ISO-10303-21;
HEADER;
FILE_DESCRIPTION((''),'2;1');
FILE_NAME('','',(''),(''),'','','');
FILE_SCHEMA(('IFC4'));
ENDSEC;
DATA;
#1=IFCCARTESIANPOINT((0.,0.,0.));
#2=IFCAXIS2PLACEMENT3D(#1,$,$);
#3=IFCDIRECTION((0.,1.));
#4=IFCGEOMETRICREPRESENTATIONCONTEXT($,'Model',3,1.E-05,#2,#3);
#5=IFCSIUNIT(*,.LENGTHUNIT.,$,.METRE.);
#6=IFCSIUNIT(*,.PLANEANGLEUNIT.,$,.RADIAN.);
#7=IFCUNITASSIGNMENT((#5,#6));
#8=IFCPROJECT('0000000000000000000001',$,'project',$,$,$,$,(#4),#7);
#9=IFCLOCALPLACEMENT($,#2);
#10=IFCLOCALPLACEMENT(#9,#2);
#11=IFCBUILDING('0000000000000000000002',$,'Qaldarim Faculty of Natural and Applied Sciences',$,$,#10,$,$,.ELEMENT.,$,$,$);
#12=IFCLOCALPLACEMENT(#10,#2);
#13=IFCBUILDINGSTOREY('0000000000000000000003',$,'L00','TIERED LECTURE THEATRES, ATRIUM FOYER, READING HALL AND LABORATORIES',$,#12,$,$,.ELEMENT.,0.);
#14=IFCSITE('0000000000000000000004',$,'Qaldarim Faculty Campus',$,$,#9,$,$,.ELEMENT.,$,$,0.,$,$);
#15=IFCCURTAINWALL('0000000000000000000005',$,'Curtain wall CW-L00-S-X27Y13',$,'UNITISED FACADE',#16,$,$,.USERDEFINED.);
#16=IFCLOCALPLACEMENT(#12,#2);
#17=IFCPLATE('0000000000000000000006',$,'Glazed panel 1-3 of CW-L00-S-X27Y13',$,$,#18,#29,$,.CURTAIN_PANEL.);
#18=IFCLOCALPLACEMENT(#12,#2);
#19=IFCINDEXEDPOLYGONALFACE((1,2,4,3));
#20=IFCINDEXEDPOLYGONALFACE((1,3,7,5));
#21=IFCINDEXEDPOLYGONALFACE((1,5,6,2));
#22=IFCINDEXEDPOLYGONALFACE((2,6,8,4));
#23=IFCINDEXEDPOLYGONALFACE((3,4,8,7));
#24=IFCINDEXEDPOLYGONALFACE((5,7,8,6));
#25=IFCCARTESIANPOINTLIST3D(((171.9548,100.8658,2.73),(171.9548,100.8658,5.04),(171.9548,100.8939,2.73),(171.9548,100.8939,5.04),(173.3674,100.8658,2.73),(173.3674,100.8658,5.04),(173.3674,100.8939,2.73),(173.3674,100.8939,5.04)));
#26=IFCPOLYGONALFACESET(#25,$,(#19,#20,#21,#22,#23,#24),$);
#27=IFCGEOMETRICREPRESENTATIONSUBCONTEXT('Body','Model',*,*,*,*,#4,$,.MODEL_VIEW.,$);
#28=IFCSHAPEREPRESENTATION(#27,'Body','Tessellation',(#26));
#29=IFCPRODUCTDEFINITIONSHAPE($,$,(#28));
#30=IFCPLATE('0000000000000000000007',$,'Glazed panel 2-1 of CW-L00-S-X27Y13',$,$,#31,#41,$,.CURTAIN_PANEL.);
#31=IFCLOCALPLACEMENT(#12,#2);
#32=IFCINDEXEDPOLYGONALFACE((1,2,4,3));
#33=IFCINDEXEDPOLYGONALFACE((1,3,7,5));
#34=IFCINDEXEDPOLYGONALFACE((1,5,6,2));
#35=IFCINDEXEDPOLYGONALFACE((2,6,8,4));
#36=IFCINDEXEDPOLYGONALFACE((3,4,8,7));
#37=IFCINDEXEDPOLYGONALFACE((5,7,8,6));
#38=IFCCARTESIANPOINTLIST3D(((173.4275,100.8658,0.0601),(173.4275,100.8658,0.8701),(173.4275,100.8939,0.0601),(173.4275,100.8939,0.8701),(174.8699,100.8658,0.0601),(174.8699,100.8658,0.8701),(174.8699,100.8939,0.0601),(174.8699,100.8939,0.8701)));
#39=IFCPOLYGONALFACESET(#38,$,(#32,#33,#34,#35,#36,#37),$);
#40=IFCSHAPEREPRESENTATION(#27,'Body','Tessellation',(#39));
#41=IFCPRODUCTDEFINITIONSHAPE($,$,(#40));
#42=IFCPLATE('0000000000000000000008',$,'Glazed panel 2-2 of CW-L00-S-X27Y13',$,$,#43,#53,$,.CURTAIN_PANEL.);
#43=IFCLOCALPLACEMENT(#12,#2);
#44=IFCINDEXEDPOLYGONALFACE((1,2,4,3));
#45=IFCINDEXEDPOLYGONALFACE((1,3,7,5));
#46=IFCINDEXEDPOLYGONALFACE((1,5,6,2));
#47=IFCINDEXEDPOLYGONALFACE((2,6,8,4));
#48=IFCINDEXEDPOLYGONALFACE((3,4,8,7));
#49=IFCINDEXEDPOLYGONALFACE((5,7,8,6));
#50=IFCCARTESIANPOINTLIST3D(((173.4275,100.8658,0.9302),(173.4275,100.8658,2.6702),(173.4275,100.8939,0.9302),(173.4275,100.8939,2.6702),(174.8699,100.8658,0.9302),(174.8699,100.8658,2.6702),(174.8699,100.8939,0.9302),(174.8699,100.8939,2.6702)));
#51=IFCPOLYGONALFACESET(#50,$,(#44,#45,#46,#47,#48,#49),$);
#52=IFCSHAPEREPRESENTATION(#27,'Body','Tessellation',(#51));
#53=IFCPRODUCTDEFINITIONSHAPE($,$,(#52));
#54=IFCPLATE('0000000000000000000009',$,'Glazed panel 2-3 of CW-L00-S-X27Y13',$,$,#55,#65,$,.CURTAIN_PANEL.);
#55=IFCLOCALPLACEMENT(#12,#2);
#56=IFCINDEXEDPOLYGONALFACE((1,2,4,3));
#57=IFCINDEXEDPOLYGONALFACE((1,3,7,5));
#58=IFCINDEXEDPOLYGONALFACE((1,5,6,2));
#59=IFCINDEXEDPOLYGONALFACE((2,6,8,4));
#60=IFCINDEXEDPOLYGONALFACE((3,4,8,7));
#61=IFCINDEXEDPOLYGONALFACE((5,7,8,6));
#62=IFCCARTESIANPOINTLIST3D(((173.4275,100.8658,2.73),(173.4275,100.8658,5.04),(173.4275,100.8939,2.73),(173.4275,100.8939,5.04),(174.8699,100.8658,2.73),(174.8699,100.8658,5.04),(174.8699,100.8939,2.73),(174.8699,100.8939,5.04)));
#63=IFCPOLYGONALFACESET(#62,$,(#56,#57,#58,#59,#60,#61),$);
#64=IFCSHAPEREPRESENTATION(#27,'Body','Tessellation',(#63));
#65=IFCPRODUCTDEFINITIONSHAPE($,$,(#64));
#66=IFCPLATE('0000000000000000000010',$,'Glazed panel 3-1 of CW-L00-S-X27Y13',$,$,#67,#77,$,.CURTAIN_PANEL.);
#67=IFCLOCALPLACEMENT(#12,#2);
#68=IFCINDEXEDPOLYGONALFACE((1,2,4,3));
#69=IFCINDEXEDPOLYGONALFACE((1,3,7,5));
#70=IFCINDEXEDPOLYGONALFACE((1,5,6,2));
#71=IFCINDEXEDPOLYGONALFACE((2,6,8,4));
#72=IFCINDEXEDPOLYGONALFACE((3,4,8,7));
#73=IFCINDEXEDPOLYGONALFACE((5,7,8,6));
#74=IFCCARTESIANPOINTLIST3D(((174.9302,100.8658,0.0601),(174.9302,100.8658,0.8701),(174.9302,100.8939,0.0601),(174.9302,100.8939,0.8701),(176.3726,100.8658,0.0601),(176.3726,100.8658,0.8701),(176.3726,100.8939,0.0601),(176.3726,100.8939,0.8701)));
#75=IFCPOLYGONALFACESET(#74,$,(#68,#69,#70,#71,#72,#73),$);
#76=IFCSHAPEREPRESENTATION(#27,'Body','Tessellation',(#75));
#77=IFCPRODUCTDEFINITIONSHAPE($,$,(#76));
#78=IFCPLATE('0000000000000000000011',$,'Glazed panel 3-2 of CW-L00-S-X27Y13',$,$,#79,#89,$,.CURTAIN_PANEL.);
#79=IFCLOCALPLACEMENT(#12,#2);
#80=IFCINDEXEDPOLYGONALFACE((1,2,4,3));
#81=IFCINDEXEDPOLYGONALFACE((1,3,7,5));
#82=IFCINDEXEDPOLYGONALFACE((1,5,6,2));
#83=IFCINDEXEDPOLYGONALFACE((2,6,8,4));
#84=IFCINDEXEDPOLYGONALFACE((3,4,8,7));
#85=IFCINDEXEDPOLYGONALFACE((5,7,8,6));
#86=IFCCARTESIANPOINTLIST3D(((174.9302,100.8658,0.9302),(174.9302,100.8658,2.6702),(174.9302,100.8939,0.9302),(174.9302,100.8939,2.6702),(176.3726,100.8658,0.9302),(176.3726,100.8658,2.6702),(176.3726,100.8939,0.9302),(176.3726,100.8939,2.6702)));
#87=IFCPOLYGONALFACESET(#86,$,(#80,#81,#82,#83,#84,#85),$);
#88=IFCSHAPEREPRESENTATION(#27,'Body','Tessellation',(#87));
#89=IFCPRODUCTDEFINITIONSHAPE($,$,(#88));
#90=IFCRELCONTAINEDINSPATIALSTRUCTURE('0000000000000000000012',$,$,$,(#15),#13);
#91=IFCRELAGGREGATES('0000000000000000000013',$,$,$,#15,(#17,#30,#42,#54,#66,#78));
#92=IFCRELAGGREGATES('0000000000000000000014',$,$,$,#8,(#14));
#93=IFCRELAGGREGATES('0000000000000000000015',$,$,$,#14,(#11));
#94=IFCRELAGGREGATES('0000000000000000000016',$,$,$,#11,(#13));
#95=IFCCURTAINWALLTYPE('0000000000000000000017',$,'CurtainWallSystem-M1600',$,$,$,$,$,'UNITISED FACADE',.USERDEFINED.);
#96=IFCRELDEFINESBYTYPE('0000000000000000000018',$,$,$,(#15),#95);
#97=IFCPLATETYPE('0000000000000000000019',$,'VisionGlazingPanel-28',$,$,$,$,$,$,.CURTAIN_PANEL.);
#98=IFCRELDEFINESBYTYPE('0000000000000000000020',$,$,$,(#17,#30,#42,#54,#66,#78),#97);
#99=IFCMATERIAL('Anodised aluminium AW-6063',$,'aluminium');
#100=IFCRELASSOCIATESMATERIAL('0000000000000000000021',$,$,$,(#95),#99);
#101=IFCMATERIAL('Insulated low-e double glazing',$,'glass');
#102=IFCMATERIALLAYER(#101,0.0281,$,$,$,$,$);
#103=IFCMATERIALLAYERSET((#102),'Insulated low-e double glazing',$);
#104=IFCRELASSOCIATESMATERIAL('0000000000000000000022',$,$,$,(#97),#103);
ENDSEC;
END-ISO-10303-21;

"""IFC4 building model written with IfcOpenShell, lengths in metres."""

from ifc_helpers import new_model, si_unit, direction, frame, origin, origin_2d, place, context, subcontext, project, spatial, rectangle, extrude, material, layer, layer_set, type_object, element, aggregate, save


model = new_model("IFC4")

# Units and contexts
model_context = context("Model", 3, precision=1e-05, world=origin(), true_north=direction((0.0, 1.0)))
body_context = subcontext(model_context, "Body", "Model", "MODEL_VIEW")
ifc_project = project(units=[si_unit("LENGTHUNIT", "METRE"), si_unit("PLANEANGLEUNIT", "RADIAN")], contexts=[model_context])

# Site, building, storey
site_placement = place(None, origin())
site = spatial("IfcSite", under=ifc_project, at=site_placement, Name="Qaldarim Faculty Campus", CompositionType="ELEMENT", RefElevation=0.0)
building_placement = place(site_placement, origin())
building = spatial("IfcBuilding", under=site, at=building_placement, Name="Qaldarim Faculty of Natural and Applied Sciences", CompositionType="ELEMENT")
storey_placement = place(building_placement, origin())
storey = spatial("IfcBuildingStorey", under=building, at=storey_placement, Name="L00", Description="TIERED LECTURE THEATRES, ATRIUM FOYER, READING HALL AND LABORATORIES", CompositionType="ELEMENT", Elevation=0.0)

# Curtain wall
ifc_material_1 = material(Name="Anodised aluminium AW-6063", Category="aluminium")
curtain_wall_type = type_object("IfcCurtainWallType", Name="CurtainWallSystem-M1600", ElementType="UNITISED FACADE", PredefinedType="USERDEFINED", material=ifc_material_1)
curtain_wall_1_placement = place(storey_placement, origin())
curtain_wall_1 = element("IfcCurtainWall", 1, at=curtain_wall_1_placement, inside=storey, type_object=curtain_wall_type, Name="Curtain wall CW-L00-S-X27Y13", ObjectType="UNITISED FACADE", PredefinedType="USERDEFINED")

# Plates
ifc_material_2 = material(Name="Insulated low-e double glazing", Category="glass")
ifc_layer = layer(ifc_material_2, 0.0281)
ifc_layer_set = layer_set([ifc_layer], Name="Insulated low-e double glazing")
plate_type = type_object("IfcPlateType", Name="VisionGlazingPanel-28", PredefinedType="CURTAIN_PANEL", material=ifc_layer_set)
plate_1_placement = place(storey_placement, frame((172.6611, 100.8799, 2.73), z_axis=(0.0, 0.0, 1.0), x_axis=(1.0, 0.0, 0.0)))
plate_1 = element("IfcPlate", 2, at=plate_1_placement, type_object=plate_type, Name="Glazed panel 1-3 of CW-L00-S-X27Y13", PredefinedType="CURTAIN_PANEL", context=body_context, shape_type="SweptSolid", body=[
    extrude(rectangle(XDim=1.4126, YDim=0.0281, at=origin_2d()), origin(), (0.0, 0.0, 1.0), 2.3101),
])
plate_2_placement = place(storey_placement, frame((174.1487, 100.8799, 0.0601), z_axis=(0.0, 0.0, 1.0), x_axis=(1.0, 0.0, 0.0)))
plate_2 = element("IfcPlate", 3, at=plate_2_placement, type_object=plate_type, Name="Glazed panel 2-1 of CW-L00-S-X27Y13", PredefinedType="CURTAIN_PANEL", context=body_context, shape_type="SweptSolid", body=[
    extrude(rectangle(XDim=1.4424, YDim=0.0281, at=origin_2d()), origin(), (0.0, 0.0, 1.0), 0.8101),
])
plate_3_placement = place(storey_placement, frame((174.1487, 100.8799, 0.9302), z_axis=(0.0, 0.0, 1.0), x_axis=(1.0, 0.0, 0.0)))
plate_3 = element("IfcPlate", 4, at=plate_3_placement, type_object=plate_type, Name="Glazed panel 2-2 of CW-L00-S-X27Y13", PredefinedType="CURTAIN_PANEL", context=body_context, shape_type="SweptSolid", body=[
    extrude(rectangle(XDim=1.4424, YDim=0.0281, at=origin_2d()), origin(), (0.0, 0.0, 1.0), 1.74),
])
plate_4_placement = place(storey_placement, frame((174.1487, 100.8799, 2.73), z_axis=(0.0, 0.0, 1.0), x_axis=(1.0, 0.0, 0.0)))
plate_4 = element("IfcPlate", 5, at=plate_4_placement, type_object=plate_type, Name="Glazed panel 2-3 of CW-L00-S-X27Y13", PredefinedType="CURTAIN_PANEL", context=body_context, shape_type="SweptSolid", body=[
    extrude(rectangle(XDim=1.4424, YDim=0.0281, at=origin_2d()), origin(), (0.0, 0.0, 1.0), 2.3101),
])
plate_5_placement = place(storey_placement, frame((175.6514, 100.8799, 0.0601), z_axis=(0.0, 0.0, 1.0), x_axis=(1.0, 0.0, 0.0)))
plate_5 = element("IfcPlate", 6, at=plate_5_placement, type_object=plate_type, Name="Glazed panel 3-1 of CW-L00-S-X27Y13", PredefinedType="CURTAIN_PANEL", context=body_context, shape_type="SweptSolid", body=[
    extrude(rectangle(XDim=1.4424, YDim=0.0281, at=origin_2d()), origin(), (0.0, 0.0, 1.0), 0.8101),
])
plate_6_placement = place(storey_placement, frame((175.6514, 100.8799, 0.9302), z_axis=(0.0, 0.0, 1.0), x_axis=(1.0, 0.0, 0.0)))
plate_6 = element("IfcPlate", 7, at=plate_6_placement, type_object=plate_type, Name="Glazed panel 3-2 of CW-L00-S-X27Y13", PredefinedType="CURTAIN_PANEL", context=body_context, shape_type="SweptSolid", body=[
    extrude(rectangle(XDim=1.4424, YDim=0.0281, at=origin_2d()), origin(), (0.0, 0.0, 1.0), 1.74),
])
aggregate(curtain_wall_1, [plate_1, plate_2, plate_3, plate_4, plate_5, plate_6])

save(model, "model.ifc")
